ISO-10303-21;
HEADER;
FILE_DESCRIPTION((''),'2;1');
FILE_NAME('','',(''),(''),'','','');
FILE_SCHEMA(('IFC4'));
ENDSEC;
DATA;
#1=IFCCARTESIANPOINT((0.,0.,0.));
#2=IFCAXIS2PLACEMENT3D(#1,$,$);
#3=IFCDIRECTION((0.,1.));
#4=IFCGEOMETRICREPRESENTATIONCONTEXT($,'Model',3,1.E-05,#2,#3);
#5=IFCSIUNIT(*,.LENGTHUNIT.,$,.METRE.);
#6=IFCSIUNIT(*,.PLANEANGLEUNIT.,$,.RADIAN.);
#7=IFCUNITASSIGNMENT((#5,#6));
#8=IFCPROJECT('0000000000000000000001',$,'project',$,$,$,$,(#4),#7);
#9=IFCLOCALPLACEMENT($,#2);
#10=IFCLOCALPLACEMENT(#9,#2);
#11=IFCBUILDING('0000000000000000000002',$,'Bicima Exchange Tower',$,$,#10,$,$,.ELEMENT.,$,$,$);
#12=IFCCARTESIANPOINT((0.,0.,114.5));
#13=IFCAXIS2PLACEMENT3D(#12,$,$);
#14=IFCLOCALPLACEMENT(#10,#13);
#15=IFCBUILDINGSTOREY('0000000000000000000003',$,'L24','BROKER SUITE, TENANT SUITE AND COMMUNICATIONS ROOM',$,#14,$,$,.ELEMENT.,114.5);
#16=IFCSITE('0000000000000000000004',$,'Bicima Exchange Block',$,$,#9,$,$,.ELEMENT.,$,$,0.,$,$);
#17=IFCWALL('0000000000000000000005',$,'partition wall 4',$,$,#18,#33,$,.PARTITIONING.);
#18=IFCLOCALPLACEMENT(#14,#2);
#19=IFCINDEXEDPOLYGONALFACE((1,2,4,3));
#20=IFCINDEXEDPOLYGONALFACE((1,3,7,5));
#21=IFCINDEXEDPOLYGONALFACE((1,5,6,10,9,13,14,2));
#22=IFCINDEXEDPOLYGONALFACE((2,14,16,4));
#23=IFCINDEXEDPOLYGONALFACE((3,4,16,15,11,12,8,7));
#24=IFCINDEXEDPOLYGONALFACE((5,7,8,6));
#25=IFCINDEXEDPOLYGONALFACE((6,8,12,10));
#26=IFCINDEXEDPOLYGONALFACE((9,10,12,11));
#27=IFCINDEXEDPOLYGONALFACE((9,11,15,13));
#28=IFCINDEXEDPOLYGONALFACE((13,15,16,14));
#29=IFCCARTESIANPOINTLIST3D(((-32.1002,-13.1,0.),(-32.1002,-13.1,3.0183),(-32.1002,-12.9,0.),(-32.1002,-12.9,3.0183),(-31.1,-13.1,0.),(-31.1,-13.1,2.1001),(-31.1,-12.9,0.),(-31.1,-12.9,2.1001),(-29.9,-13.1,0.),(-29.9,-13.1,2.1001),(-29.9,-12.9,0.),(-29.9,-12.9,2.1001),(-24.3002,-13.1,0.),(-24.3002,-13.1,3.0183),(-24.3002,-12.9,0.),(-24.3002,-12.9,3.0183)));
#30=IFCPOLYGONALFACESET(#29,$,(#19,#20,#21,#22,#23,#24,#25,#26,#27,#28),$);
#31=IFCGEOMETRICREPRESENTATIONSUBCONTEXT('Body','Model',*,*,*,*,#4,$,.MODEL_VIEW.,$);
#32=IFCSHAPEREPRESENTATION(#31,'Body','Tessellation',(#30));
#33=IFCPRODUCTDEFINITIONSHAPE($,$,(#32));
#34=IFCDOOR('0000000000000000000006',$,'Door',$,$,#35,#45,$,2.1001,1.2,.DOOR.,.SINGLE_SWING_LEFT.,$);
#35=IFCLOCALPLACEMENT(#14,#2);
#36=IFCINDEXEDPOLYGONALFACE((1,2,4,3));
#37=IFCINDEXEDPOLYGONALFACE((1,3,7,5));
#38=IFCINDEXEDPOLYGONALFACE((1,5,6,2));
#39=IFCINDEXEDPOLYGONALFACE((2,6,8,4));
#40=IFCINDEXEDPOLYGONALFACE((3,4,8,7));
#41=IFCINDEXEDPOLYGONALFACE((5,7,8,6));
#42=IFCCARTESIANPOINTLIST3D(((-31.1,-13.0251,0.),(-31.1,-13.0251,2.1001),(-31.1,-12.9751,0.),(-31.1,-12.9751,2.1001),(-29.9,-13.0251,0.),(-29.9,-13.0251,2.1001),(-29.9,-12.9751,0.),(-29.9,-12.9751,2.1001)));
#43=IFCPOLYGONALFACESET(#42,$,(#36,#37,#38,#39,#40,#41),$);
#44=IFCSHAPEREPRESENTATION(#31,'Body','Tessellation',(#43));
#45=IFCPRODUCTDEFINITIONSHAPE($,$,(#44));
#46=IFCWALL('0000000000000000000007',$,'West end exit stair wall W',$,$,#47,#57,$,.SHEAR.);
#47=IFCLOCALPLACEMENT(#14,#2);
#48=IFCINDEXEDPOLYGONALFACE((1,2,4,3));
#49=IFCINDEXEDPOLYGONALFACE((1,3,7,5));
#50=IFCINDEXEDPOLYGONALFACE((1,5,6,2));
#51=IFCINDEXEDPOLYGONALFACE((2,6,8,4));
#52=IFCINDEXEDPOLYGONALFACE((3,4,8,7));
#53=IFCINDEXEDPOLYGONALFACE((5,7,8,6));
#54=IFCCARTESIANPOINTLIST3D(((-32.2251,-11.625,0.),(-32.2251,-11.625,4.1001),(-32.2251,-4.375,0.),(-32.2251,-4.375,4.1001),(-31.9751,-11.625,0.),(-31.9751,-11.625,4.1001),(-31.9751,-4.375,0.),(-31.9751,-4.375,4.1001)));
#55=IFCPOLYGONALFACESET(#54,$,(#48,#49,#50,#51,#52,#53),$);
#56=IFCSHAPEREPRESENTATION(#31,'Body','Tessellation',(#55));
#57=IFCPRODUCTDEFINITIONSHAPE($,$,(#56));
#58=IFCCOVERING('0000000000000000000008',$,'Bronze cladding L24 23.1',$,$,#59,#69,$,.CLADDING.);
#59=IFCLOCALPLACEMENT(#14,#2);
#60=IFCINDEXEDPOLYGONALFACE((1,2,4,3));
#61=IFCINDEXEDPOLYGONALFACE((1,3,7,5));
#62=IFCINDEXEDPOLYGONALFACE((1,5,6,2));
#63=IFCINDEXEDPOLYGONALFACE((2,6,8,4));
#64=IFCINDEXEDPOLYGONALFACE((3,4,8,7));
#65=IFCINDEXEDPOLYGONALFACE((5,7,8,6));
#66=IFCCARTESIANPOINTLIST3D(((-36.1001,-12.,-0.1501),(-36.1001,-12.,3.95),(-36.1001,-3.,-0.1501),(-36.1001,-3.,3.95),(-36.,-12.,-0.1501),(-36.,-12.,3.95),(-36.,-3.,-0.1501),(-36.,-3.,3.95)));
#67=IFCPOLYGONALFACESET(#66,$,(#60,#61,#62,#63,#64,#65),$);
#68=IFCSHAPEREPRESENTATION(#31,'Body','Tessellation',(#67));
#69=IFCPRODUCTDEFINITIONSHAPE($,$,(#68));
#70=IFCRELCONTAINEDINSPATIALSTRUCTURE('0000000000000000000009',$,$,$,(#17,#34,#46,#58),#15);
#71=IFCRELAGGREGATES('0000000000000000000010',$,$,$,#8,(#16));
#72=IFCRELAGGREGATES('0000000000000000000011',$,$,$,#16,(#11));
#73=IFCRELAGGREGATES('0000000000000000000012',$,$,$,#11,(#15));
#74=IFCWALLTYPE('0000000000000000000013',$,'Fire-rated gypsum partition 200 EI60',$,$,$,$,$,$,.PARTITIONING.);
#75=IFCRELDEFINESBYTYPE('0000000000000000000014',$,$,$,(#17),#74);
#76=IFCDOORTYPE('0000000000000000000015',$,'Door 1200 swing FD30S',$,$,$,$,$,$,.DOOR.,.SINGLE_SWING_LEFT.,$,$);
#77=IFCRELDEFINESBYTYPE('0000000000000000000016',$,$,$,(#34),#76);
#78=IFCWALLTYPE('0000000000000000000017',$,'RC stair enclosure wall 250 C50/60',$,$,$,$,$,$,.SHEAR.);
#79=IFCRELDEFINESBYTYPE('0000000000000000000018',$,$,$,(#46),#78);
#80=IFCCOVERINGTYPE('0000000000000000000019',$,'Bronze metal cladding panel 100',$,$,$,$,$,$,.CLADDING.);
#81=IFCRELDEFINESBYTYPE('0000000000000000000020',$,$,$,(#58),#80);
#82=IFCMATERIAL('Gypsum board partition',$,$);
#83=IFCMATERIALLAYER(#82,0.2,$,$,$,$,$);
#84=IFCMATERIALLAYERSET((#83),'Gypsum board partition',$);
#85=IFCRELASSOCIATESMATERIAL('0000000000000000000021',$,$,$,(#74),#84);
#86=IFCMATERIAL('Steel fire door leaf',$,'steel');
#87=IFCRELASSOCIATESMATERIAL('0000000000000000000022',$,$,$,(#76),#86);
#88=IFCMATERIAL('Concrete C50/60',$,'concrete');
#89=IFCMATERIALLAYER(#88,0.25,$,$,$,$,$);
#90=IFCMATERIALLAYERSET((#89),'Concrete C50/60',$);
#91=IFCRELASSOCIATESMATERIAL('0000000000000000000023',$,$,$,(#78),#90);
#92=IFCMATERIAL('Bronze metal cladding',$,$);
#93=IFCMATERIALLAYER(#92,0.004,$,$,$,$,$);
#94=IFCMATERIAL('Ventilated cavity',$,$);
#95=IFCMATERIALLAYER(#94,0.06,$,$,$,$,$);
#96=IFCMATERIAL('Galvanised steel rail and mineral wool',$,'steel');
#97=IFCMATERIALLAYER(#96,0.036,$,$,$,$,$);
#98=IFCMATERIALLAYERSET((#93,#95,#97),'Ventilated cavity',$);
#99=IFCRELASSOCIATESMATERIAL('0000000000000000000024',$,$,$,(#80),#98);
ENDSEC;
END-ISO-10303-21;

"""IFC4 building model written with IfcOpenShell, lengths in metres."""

from ifc_helpers import new_model, si_unit, direction, frame, frame_2d, origin, origin_2d, place, context, subcontext, project, spatial, rectangle, extrude, material, layer, layer_set, type_object, element, fill, save


model = new_model("IFC4")

# Units and contexts
model_context = context("Model", 3, precision=1e-05, world=origin(), true_north=direction((0.0, 1.0)))
body_context = subcontext(model_context, "Body", "Model", "MODEL_VIEW")
ifc_project = project(units=[si_unit("LENGTHUNIT", "METRE"), si_unit("PLANEANGLEUNIT", "RADIAN")], contexts=[model_context])

# Site, building, storey
site_placement = place(None, origin())
site = spatial("IfcSite", under=ifc_project, at=site_placement, Name="Bicima Exchange Block", CompositionType="ELEMENT", RefElevation=0.0)
building_placement = place(site_placement, origin())
building = spatial("IfcBuilding", under=site, at=building_placement, Name="Bicima Exchange Tower", CompositionType="ELEMENT")
storey_placement = place(building_placement, frame((0.0, 0.0, 114.5)))
storey = spatial("IfcBuildingStorey", under=building, at=storey_placement, Name="L24", Description="BROKER SUITE, TENANT SUITE AND COMMUNICATIONS ROOM", CompositionType="ELEMENT", Elevation=114.5)

# Shared definitions
ifc_material_1 = material(Name="Gypsum board partition")
ifc_layer_1 = layer(ifc_material_1, 0.2)
ifc_layer_set_1 = layer_set([ifc_layer_1], Name="Gypsum board partition")
wall_type_1 = type_object("IfcWallType", Name="Fire-rated gypsum partition 200 EI60", PredefinedType="PARTITIONING", material=ifc_layer_set_1)
ifc_material_2 = material(Name="Steel fire door leaf", Category="steel")

# Wall, opening, door
wall_1_placement = place(storey_placement, frame((-32.1001, -13.0, 0.0), z_axis=(0.0, 0.0, 1.0), x_axis=(1.0, 0.0, 0.0)))
wall_1 = element("IfcWall", 1, at=wall_1_placement, inside=storey, type_object=wall_type_1, Name="partition wall 4", PredefinedType="PARTITIONING", context=body_context, shape_type="SweptSolid", body=[
    extrude(rectangle(XDim=7.8, YDim=0.2, at=frame_2d((3.8999, 0.0))), origin(), (0.0, 0.0, 1.0), 3.0183),
])
opening_1_placement = place(wall_1_placement, frame((1.0, 0.0, 0.0)))
opening_1 = element("IfcOpeningElement", 2, at=opening_1_placement, cuts=wall_1, PredefinedType="OPENING", context=body_context, shape_type="SweptSolid", body=[
    extrude(rectangle(XDim=1.2, YDim=2.1001, at=frame_2d((0.6001, 1.05))), frame((0.0, 0.1118, 0.0), z_axis=(0.0, -1.0, 0.0), x_axis=(1.0, 0.0, 0.0)), (0.0, 0.0, 1.0), 0.2239),
])
door_type_1 = type_object("IfcDoorType", Name="Door 1200 swing FD30S", OperationType="SINGLE_SWING_LEFT", PredefinedType="DOOR", material=ifc_material_2)
door_1_placement = place(opening_1_placement, origin())
door_1 = element("IfcDoor", 3, at=door_1_placement, inside=storey, type_object=door_type_1, Name="Door", OperationType="SINGLE_SWING_LEFT", OverallHeight=2.1001, OverallWidth=1.2, PredefinedType="DOOR", context=body_context, shape_type="SweptSolid", body=[
    extrude(rectangle(XDim=1.2, YDim=2.1001, at=frame_2d((0.6001, 1.05))), frame((0.0, 0.0249, 0.0), z_axis=(0.0, -1.0, 0.0), x_axis=(1.0, 0.0, 0.0)), (0.0, 0.0, 1.0), 0.05),
])
fill(opening_1, door_1)

# Wall
ifc_material_3 = material(Name="Concrete C50/60", Category="concrete")
ifc_layer_2 = layer(ifc_material_3, 0.25)
ifc_layer_set_2 = layer_set([ifc_layer_2], Name="Concrete C50/60")
wall_type_2 = type_object("IfcWallType", Name="RC stair enclosure wall 250 C50/60", PredefinedType="SHEAR", material=ifc_layer_set_2)
wall_2_placement = place(storey_placement, frame((-32.1001, -11.625, 0.0), z_axis=(0.0, 0.0, 1.0), x_axis=(0.0, 1.0, 0.0)))
element("IfcWall", 4, at=wall_2_placement, inside=storey, type_object=wall_type_2, Name="West end exit stair wall W", PredefinedType="SHEAR", context=body_context, shape_type="SweptSolid", body=[
    extrude(rectangle(XDim=7.25, YDim=0.25, at=frame_2d((3.625, 0.0))), origin(), (0.0, 0.0, 1.0), 4.1001),
])

# Covering
ifc_material_4 = material(Name="Bronze metal cladding")
ifc_layer_3 = layer(ifc_material_4, 0.004)
ifc_material_5 = material(Name="Ventilated cavity")
ifc_layer_4 = layer(ifc_material_5, 0.06)
ifc_material_6 = material(Name="Galvanised steel rail and mineral wool", Category="steel")
ifc_layer_5 = layer(ifc_material_6, 0.036)
ifc_layer_set_3 = layer_set([ifc_layer_3, ifc_layer_4, ifc_layer_5], Name="Ventilated cavity")
covering_type = type_object("IfcCoveringType", Name="Bronze metal cladding panel 100", PredefinedType="CLADDING", material=ifc_layer_set_3)
covering_placement = place(storey_placement, frame((-36.05, -7.5, -0.1501), z_axis=(0.0, 0.0, 1.0), x_axis=(0.0, -1.0, 0.0)))
element("IfcCovering", 5, at=covering_placement, inside=storey, type_object=covering_type, Name="Bronze cladding L24 23.1", PredefinedType="CLADDING", context=body_context, shape_type="SweptSolid", body=[
    extrude(rectangle(XDim=9.0, YDim=0.1001, at=origin_2d()), origin(), (0.0, 0.0, 1.0), 4.1001),
])

save(model, "model.ifc")
